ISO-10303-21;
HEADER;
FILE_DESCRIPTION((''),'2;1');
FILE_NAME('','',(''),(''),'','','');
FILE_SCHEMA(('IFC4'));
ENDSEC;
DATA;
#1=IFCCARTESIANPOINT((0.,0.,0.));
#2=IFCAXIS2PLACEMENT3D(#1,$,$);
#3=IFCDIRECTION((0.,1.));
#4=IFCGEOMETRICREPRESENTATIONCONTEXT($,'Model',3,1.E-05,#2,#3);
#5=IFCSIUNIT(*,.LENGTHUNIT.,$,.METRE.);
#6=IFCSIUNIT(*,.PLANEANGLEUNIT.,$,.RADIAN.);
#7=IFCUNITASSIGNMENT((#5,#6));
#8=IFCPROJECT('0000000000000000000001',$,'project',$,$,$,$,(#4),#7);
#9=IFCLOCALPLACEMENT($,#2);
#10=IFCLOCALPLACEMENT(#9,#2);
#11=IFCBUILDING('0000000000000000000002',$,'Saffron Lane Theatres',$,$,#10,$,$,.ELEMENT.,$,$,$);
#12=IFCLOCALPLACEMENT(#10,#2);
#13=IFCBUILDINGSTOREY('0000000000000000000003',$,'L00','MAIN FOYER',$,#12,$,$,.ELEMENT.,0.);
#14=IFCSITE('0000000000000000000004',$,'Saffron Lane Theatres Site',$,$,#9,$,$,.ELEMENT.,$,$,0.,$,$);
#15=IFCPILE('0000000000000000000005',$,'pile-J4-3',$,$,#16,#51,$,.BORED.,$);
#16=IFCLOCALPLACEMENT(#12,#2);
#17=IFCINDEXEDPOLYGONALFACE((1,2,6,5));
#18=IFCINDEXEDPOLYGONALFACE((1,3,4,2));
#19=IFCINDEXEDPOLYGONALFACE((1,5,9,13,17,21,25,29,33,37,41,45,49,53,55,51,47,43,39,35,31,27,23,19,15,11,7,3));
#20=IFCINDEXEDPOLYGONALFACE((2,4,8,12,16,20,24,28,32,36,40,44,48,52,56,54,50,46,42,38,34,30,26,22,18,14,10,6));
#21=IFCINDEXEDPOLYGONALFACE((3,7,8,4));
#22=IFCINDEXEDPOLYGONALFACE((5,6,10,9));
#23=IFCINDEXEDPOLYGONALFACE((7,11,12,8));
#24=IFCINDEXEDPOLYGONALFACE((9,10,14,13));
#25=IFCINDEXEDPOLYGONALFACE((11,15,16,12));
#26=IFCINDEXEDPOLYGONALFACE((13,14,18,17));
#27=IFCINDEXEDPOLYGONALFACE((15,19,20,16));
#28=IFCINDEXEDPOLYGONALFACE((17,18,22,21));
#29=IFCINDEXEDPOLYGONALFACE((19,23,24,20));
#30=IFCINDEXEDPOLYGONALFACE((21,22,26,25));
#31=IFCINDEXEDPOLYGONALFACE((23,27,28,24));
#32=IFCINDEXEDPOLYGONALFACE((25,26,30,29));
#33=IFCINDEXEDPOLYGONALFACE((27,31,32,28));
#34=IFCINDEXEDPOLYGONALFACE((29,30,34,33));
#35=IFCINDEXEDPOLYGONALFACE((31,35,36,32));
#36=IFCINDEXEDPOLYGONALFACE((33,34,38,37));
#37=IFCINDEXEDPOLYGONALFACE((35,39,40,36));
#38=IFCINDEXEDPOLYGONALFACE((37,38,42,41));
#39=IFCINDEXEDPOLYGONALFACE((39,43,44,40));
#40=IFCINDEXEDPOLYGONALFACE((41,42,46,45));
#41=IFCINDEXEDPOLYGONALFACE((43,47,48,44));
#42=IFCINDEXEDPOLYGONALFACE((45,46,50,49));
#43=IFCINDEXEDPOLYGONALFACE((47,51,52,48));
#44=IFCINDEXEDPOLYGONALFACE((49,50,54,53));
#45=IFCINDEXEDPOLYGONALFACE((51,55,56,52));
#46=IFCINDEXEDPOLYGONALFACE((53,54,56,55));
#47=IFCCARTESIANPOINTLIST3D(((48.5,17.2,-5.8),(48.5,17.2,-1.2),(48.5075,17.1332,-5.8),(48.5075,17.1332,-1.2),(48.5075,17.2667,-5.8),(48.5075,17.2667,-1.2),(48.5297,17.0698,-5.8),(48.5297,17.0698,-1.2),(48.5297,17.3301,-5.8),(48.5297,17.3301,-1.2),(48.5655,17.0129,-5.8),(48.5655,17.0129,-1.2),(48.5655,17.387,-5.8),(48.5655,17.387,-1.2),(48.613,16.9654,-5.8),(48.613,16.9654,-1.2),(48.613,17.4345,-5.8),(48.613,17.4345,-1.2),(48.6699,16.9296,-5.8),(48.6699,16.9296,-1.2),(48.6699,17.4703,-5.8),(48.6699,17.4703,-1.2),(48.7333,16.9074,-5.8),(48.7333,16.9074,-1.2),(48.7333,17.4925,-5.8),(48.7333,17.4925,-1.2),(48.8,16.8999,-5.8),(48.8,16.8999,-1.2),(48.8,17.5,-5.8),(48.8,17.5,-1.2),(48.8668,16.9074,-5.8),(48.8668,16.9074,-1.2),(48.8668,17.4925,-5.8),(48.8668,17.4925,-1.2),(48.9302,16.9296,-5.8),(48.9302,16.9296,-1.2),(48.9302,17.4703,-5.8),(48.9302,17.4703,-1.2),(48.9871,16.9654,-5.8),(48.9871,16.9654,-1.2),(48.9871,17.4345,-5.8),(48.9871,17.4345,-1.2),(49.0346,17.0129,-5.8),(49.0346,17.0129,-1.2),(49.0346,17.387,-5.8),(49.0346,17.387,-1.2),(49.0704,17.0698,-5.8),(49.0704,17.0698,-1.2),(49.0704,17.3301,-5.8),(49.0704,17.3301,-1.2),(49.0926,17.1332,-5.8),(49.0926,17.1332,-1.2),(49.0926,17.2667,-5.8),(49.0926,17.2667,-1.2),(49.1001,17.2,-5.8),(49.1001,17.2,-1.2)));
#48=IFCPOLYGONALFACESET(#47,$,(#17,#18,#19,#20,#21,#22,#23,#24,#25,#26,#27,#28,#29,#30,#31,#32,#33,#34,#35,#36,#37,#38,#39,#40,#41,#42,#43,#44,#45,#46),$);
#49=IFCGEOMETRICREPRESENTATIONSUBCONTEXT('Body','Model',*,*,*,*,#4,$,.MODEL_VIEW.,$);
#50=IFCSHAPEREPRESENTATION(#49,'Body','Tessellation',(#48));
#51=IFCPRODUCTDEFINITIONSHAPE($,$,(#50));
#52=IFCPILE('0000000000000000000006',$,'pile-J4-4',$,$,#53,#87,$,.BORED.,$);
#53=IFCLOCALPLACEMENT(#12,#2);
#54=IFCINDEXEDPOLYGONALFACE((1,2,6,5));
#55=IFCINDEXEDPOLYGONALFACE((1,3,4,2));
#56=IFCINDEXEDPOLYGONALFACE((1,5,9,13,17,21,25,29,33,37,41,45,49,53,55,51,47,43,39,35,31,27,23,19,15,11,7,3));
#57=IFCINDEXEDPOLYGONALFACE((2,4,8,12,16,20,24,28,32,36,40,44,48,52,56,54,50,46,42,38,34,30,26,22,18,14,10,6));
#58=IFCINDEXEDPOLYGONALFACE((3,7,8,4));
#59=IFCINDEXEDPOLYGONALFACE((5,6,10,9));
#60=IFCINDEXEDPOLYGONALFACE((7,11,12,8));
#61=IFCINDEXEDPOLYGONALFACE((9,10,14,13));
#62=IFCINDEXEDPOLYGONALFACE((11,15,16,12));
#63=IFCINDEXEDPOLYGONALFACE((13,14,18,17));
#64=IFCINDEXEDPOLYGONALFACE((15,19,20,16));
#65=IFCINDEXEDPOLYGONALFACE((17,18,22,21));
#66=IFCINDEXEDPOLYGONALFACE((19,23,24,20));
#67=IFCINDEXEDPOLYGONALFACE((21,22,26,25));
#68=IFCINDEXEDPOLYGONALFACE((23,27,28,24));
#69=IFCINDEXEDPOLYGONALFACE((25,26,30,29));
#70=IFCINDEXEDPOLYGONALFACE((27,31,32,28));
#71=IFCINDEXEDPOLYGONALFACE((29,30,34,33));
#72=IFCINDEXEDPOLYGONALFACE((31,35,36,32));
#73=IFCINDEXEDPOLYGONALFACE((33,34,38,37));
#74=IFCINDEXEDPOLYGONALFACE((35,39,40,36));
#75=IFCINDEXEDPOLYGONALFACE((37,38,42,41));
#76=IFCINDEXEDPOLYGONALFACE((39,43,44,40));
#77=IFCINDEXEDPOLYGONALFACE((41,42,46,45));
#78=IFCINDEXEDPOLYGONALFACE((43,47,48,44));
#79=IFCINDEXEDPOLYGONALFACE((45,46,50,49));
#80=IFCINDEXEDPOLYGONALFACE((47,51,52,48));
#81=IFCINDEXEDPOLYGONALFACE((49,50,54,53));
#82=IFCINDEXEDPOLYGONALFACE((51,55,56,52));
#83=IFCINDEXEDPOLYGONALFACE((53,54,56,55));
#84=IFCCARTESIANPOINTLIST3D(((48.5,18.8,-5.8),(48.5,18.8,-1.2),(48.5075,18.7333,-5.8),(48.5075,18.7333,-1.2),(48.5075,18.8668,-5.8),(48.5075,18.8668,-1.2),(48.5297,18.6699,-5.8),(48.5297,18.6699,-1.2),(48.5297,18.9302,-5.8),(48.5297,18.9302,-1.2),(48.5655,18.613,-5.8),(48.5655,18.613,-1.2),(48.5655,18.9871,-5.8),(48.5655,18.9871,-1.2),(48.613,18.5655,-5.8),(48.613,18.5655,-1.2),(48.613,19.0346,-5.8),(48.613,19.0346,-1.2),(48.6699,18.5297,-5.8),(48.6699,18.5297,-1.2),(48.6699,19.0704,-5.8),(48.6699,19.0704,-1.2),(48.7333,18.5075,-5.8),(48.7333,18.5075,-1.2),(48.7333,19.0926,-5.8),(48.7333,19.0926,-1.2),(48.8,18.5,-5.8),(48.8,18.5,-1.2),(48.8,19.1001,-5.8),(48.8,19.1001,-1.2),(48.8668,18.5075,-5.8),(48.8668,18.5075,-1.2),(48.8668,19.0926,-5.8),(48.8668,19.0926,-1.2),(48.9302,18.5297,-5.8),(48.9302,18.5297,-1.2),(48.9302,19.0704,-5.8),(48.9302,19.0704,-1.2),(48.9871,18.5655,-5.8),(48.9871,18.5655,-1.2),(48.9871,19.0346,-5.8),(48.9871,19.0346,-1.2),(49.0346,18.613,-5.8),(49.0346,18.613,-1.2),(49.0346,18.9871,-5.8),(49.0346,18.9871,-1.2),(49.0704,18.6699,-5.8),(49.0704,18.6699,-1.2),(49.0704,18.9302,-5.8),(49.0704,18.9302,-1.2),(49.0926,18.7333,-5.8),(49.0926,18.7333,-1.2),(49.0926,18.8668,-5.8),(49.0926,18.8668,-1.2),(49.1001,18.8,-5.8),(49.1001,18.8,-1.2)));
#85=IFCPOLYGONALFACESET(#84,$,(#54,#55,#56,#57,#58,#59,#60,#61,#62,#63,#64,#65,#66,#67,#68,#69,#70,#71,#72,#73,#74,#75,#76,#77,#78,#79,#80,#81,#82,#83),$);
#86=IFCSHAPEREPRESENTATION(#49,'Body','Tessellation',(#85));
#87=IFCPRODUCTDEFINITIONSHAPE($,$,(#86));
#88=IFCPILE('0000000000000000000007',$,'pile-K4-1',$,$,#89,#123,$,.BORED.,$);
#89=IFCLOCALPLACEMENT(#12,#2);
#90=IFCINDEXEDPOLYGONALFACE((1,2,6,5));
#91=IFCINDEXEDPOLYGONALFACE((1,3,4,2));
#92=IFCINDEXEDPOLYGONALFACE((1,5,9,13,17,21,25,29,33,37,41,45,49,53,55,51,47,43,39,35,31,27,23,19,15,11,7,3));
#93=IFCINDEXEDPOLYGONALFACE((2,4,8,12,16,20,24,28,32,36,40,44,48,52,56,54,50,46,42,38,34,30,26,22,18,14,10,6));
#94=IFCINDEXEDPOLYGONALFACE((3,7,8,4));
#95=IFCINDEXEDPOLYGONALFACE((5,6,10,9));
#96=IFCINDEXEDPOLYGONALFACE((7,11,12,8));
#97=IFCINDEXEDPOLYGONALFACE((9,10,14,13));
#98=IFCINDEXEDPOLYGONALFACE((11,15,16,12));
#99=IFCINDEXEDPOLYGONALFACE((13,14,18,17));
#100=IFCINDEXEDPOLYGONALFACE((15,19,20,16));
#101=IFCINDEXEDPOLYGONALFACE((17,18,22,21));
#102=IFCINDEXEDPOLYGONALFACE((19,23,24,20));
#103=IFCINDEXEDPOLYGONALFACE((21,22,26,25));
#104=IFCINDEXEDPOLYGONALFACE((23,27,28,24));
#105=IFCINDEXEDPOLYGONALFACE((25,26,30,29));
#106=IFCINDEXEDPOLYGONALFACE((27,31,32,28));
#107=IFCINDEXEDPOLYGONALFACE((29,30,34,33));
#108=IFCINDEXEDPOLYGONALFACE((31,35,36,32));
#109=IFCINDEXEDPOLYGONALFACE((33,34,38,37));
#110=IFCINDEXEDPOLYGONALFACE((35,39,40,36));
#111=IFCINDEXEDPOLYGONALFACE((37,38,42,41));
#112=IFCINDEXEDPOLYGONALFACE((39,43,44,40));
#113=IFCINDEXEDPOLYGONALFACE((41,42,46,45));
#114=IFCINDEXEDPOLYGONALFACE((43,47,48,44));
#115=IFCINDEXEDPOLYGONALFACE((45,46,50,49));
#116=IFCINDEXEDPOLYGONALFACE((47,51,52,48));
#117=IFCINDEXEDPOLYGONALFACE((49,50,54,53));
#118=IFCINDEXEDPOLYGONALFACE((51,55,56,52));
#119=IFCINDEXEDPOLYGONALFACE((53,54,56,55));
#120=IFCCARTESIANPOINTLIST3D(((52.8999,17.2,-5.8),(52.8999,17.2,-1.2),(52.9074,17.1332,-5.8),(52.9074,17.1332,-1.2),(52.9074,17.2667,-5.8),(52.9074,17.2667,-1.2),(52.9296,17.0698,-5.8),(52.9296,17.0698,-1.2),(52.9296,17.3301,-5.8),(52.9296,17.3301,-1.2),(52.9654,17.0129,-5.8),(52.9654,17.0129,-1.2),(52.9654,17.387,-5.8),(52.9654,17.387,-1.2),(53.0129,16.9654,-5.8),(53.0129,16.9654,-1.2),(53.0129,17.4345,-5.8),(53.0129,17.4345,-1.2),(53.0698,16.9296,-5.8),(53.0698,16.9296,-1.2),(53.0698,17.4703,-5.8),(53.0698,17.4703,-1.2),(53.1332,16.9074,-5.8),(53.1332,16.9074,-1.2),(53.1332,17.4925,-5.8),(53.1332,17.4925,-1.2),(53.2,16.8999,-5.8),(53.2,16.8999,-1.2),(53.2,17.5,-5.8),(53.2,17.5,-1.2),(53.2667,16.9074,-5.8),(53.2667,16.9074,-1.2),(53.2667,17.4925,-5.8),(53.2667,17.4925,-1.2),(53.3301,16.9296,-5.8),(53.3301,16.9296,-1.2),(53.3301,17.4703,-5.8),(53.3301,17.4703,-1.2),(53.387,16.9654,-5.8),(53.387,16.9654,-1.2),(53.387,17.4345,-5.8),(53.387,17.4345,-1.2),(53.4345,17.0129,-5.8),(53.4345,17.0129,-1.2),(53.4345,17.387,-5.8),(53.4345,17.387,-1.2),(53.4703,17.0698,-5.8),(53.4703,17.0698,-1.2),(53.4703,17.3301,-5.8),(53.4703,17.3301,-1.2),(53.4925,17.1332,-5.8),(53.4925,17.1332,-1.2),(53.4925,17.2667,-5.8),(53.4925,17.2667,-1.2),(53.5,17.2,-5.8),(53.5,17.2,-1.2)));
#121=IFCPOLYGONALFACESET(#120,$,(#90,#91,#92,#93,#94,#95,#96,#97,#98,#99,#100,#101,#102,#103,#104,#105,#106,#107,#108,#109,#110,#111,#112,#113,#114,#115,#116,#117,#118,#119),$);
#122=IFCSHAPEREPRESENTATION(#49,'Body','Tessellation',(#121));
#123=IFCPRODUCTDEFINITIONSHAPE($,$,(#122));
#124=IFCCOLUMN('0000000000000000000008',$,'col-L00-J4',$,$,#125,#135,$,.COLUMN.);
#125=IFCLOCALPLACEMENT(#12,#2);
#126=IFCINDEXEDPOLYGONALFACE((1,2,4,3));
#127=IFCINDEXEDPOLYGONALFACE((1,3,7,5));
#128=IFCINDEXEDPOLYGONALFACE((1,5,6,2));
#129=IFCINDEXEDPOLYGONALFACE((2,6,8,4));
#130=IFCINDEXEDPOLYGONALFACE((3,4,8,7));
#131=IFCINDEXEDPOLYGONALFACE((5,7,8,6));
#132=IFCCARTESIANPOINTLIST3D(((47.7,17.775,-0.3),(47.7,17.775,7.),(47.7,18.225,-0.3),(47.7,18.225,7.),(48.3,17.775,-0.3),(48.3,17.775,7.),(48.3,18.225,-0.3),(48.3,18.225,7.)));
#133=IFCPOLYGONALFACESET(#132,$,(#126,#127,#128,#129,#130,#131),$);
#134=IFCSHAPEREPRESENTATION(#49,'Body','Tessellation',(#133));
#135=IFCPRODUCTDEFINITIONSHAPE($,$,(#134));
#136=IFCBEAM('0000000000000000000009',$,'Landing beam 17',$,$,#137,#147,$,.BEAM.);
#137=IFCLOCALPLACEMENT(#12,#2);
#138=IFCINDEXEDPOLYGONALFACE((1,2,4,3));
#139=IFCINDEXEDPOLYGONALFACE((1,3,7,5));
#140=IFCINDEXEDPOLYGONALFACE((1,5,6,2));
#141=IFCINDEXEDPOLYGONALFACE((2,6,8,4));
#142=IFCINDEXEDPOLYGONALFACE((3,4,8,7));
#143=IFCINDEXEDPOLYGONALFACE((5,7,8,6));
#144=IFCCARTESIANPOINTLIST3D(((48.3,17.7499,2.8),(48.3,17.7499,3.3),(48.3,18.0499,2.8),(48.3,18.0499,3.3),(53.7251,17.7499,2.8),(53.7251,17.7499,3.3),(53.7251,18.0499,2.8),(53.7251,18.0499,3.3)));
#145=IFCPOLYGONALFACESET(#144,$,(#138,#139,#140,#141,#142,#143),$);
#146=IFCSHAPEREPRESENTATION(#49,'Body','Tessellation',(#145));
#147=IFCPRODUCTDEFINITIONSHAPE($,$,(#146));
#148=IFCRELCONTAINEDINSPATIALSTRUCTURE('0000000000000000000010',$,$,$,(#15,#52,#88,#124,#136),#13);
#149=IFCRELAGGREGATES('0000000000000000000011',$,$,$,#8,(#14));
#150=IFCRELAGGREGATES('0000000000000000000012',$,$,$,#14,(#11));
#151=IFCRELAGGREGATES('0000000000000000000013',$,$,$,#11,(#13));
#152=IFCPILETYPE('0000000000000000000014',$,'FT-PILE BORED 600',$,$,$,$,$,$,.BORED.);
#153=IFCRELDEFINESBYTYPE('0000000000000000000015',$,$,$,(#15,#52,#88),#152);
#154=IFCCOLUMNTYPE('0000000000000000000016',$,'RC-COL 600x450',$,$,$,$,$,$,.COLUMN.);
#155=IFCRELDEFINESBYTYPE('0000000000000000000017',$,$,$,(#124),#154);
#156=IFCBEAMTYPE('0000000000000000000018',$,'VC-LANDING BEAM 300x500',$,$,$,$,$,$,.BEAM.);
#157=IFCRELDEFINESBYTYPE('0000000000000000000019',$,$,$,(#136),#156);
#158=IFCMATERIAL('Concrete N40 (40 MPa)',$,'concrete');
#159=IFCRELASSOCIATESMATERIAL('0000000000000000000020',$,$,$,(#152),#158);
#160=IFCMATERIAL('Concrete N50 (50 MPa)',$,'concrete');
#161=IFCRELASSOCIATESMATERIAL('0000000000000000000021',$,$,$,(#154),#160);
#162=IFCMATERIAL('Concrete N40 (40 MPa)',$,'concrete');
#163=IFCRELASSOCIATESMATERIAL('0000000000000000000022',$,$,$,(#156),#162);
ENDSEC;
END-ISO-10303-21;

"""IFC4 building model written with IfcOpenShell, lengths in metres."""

from ifc_helpers import new_model, si_unit, direction, frame, origin, origin_2d, place, context, subcontext, project, spatial, rectangle, circle, extrude, material, material_profile, profile_set, type_object, element, save


model = new_model("IFC4")

# Units and contexts
model_context = context("Model", 3, precision=1e-05, world=origin(), true_north=direction((0.0, 1.0)))
body_context = subcontext(model_context, "Body", "Model", "MODEL_VIEW")
ifc_project = project(units=[si_unit("LENGTHUNIT", "METRE"), si_unit("PLANEANGLEUNIT", "RADIAN")], contexts=[model_context])

# Site, building, storey
site_placement = place(None, origin())
site = spatial("IfcSite", under=ifc_project, at=site_placement, Name="Saffron Lane Theatres Site", CompositionType="ELEMENT", RefElevation=0.0)
building_placement = place(site_placement, origin())
building = spatial("IfcBuilding", under=site, at=building_placement, Name="Saffron Lane Theatres", CompositionType="ELEMENT")
storey_placement = place(building_placement, origin())
storey = spatial("IfcBuildingStorey", under=building, at=storey_placement, Name="L00", Description="MAIN FOYER", CompositionType="ELEMENT", Elevation=0.0)

# Piles
ifc_material_1 = material(Name="Concrete N40 (40 MPa)", Category="concrete")
ifc_material_profile_1 = material_profile(ifc_material_1, circle(Radius=0.3, at=origin_2d()))
ifc_profile_set_1 = profile_set([ifc_material_profile_1], Name="Concrete N40 (40 MPa)")
pile_type = type_object("IfcPileType", Name="FT-PILE BORED 600", PredefinedType="BORED", material=ifc_profile_set_1)
for number, where, z_axis, x_axis, name in (
    (1, (48.8, 17.2, -1.2), (0.0, 0.0, -1.0), (1.0, 0.0, 0.0), "pile-J4-3"),
    (2, (48.8, 18.8, -1.2), (0.0, 0.0, -1.0), (1.0, 0.0, 0.0), "pile-J4-4"),
    (3, (53.2, 17.2, -1.2), (0.0, 0.0, -1.0), (1.0, 0.0, 0.0), "pile-K4-1"),
):
    element("IfcPile", number, at=place(storey_placement, frame(where, z_axis=z_axis, x_axis=x_axis)), inside=storey, type_object=pile_type, Name=name, PredefinedType="BORED", context=body_context, shape_type="SweptSolid", body=[
        extrude(circle(Radius=0.3, at=origin_2d()), origin(), (0.0, 0.0, 1.0), 4.6001),
    ])

# Column
ifc_material_2 = material(Name="Concrete N50 (50 MPa)", Category="concrete")
ifc_material_profile_2 = material_profile(ifc_material_2, rectangle(XDim=0.6001, YDim=0.45, at=origin_2d()))
ifc_profile_set_2 = profile_set([ifc_material_profile_2], Name="Concrete N50 (50 MPa)")
column_type = type_object("IfcColumnType", Name="RC-COL 600x450", PredefinedType="COLUMN", material=ifc_profile_set_2)
column_placement = place(storey_placement, frame((48.0, 18.0, -0.3), z_axis=(0.0, 0.0, 1.0), x_axis=(1.0, 0.0, 0.0)))
element("IfcColumn", 4, at=column_placement, inside=storey, type_object=column_type, Name="col-L00-J4", PredefinedType="COLUMN", context=body_context, shape_type="SweptSolid", body=[
    extrude(rectangle(XDim=0.6001, YDim=0.45, at=origin_2d()), origin(), (0.0, 0.0, 1.0), 7.3),
])

# Beam
ifc_material_3 = material(Name="Concrete N40 (40 MPa)", Category="concrete")
ifc_material_profile_3 = material_profile(ifc_material_3, rectangle(XDim=0.3, YDim=0.5, at=origin_2d()))
ifc_profile_set_3 = profile_set([ifc_material_profile_3], Name="Concrete N40 (40 MPa)")
beam_type = type_object("IfcBeamType", Name="VC-LANDING BEAM 300x500", PredefinedType="BEAM", material=ifc_profile_set_3)
beam_placement = place(storey_placement, frame((48.3, 17.8999, 3.05), z_axis=(1.0, 0.0, 0.0), x_axis=(0.0, 1.0, 0.0)))
element("IfcBeam", 5, at=beam_placement, inside=storey, type_object=beam_type, Name="Landing beam 17", PredefinedType="BEAM", context=body_context, shape_type="SweptSolid", body=[
    extrude(rectangle(XDim=0.3, YDim=0.5, at=origin_2d()), origin(), (0.0, 0.0, 1.0), 5.425),
])

save(model, "model.ifc")
